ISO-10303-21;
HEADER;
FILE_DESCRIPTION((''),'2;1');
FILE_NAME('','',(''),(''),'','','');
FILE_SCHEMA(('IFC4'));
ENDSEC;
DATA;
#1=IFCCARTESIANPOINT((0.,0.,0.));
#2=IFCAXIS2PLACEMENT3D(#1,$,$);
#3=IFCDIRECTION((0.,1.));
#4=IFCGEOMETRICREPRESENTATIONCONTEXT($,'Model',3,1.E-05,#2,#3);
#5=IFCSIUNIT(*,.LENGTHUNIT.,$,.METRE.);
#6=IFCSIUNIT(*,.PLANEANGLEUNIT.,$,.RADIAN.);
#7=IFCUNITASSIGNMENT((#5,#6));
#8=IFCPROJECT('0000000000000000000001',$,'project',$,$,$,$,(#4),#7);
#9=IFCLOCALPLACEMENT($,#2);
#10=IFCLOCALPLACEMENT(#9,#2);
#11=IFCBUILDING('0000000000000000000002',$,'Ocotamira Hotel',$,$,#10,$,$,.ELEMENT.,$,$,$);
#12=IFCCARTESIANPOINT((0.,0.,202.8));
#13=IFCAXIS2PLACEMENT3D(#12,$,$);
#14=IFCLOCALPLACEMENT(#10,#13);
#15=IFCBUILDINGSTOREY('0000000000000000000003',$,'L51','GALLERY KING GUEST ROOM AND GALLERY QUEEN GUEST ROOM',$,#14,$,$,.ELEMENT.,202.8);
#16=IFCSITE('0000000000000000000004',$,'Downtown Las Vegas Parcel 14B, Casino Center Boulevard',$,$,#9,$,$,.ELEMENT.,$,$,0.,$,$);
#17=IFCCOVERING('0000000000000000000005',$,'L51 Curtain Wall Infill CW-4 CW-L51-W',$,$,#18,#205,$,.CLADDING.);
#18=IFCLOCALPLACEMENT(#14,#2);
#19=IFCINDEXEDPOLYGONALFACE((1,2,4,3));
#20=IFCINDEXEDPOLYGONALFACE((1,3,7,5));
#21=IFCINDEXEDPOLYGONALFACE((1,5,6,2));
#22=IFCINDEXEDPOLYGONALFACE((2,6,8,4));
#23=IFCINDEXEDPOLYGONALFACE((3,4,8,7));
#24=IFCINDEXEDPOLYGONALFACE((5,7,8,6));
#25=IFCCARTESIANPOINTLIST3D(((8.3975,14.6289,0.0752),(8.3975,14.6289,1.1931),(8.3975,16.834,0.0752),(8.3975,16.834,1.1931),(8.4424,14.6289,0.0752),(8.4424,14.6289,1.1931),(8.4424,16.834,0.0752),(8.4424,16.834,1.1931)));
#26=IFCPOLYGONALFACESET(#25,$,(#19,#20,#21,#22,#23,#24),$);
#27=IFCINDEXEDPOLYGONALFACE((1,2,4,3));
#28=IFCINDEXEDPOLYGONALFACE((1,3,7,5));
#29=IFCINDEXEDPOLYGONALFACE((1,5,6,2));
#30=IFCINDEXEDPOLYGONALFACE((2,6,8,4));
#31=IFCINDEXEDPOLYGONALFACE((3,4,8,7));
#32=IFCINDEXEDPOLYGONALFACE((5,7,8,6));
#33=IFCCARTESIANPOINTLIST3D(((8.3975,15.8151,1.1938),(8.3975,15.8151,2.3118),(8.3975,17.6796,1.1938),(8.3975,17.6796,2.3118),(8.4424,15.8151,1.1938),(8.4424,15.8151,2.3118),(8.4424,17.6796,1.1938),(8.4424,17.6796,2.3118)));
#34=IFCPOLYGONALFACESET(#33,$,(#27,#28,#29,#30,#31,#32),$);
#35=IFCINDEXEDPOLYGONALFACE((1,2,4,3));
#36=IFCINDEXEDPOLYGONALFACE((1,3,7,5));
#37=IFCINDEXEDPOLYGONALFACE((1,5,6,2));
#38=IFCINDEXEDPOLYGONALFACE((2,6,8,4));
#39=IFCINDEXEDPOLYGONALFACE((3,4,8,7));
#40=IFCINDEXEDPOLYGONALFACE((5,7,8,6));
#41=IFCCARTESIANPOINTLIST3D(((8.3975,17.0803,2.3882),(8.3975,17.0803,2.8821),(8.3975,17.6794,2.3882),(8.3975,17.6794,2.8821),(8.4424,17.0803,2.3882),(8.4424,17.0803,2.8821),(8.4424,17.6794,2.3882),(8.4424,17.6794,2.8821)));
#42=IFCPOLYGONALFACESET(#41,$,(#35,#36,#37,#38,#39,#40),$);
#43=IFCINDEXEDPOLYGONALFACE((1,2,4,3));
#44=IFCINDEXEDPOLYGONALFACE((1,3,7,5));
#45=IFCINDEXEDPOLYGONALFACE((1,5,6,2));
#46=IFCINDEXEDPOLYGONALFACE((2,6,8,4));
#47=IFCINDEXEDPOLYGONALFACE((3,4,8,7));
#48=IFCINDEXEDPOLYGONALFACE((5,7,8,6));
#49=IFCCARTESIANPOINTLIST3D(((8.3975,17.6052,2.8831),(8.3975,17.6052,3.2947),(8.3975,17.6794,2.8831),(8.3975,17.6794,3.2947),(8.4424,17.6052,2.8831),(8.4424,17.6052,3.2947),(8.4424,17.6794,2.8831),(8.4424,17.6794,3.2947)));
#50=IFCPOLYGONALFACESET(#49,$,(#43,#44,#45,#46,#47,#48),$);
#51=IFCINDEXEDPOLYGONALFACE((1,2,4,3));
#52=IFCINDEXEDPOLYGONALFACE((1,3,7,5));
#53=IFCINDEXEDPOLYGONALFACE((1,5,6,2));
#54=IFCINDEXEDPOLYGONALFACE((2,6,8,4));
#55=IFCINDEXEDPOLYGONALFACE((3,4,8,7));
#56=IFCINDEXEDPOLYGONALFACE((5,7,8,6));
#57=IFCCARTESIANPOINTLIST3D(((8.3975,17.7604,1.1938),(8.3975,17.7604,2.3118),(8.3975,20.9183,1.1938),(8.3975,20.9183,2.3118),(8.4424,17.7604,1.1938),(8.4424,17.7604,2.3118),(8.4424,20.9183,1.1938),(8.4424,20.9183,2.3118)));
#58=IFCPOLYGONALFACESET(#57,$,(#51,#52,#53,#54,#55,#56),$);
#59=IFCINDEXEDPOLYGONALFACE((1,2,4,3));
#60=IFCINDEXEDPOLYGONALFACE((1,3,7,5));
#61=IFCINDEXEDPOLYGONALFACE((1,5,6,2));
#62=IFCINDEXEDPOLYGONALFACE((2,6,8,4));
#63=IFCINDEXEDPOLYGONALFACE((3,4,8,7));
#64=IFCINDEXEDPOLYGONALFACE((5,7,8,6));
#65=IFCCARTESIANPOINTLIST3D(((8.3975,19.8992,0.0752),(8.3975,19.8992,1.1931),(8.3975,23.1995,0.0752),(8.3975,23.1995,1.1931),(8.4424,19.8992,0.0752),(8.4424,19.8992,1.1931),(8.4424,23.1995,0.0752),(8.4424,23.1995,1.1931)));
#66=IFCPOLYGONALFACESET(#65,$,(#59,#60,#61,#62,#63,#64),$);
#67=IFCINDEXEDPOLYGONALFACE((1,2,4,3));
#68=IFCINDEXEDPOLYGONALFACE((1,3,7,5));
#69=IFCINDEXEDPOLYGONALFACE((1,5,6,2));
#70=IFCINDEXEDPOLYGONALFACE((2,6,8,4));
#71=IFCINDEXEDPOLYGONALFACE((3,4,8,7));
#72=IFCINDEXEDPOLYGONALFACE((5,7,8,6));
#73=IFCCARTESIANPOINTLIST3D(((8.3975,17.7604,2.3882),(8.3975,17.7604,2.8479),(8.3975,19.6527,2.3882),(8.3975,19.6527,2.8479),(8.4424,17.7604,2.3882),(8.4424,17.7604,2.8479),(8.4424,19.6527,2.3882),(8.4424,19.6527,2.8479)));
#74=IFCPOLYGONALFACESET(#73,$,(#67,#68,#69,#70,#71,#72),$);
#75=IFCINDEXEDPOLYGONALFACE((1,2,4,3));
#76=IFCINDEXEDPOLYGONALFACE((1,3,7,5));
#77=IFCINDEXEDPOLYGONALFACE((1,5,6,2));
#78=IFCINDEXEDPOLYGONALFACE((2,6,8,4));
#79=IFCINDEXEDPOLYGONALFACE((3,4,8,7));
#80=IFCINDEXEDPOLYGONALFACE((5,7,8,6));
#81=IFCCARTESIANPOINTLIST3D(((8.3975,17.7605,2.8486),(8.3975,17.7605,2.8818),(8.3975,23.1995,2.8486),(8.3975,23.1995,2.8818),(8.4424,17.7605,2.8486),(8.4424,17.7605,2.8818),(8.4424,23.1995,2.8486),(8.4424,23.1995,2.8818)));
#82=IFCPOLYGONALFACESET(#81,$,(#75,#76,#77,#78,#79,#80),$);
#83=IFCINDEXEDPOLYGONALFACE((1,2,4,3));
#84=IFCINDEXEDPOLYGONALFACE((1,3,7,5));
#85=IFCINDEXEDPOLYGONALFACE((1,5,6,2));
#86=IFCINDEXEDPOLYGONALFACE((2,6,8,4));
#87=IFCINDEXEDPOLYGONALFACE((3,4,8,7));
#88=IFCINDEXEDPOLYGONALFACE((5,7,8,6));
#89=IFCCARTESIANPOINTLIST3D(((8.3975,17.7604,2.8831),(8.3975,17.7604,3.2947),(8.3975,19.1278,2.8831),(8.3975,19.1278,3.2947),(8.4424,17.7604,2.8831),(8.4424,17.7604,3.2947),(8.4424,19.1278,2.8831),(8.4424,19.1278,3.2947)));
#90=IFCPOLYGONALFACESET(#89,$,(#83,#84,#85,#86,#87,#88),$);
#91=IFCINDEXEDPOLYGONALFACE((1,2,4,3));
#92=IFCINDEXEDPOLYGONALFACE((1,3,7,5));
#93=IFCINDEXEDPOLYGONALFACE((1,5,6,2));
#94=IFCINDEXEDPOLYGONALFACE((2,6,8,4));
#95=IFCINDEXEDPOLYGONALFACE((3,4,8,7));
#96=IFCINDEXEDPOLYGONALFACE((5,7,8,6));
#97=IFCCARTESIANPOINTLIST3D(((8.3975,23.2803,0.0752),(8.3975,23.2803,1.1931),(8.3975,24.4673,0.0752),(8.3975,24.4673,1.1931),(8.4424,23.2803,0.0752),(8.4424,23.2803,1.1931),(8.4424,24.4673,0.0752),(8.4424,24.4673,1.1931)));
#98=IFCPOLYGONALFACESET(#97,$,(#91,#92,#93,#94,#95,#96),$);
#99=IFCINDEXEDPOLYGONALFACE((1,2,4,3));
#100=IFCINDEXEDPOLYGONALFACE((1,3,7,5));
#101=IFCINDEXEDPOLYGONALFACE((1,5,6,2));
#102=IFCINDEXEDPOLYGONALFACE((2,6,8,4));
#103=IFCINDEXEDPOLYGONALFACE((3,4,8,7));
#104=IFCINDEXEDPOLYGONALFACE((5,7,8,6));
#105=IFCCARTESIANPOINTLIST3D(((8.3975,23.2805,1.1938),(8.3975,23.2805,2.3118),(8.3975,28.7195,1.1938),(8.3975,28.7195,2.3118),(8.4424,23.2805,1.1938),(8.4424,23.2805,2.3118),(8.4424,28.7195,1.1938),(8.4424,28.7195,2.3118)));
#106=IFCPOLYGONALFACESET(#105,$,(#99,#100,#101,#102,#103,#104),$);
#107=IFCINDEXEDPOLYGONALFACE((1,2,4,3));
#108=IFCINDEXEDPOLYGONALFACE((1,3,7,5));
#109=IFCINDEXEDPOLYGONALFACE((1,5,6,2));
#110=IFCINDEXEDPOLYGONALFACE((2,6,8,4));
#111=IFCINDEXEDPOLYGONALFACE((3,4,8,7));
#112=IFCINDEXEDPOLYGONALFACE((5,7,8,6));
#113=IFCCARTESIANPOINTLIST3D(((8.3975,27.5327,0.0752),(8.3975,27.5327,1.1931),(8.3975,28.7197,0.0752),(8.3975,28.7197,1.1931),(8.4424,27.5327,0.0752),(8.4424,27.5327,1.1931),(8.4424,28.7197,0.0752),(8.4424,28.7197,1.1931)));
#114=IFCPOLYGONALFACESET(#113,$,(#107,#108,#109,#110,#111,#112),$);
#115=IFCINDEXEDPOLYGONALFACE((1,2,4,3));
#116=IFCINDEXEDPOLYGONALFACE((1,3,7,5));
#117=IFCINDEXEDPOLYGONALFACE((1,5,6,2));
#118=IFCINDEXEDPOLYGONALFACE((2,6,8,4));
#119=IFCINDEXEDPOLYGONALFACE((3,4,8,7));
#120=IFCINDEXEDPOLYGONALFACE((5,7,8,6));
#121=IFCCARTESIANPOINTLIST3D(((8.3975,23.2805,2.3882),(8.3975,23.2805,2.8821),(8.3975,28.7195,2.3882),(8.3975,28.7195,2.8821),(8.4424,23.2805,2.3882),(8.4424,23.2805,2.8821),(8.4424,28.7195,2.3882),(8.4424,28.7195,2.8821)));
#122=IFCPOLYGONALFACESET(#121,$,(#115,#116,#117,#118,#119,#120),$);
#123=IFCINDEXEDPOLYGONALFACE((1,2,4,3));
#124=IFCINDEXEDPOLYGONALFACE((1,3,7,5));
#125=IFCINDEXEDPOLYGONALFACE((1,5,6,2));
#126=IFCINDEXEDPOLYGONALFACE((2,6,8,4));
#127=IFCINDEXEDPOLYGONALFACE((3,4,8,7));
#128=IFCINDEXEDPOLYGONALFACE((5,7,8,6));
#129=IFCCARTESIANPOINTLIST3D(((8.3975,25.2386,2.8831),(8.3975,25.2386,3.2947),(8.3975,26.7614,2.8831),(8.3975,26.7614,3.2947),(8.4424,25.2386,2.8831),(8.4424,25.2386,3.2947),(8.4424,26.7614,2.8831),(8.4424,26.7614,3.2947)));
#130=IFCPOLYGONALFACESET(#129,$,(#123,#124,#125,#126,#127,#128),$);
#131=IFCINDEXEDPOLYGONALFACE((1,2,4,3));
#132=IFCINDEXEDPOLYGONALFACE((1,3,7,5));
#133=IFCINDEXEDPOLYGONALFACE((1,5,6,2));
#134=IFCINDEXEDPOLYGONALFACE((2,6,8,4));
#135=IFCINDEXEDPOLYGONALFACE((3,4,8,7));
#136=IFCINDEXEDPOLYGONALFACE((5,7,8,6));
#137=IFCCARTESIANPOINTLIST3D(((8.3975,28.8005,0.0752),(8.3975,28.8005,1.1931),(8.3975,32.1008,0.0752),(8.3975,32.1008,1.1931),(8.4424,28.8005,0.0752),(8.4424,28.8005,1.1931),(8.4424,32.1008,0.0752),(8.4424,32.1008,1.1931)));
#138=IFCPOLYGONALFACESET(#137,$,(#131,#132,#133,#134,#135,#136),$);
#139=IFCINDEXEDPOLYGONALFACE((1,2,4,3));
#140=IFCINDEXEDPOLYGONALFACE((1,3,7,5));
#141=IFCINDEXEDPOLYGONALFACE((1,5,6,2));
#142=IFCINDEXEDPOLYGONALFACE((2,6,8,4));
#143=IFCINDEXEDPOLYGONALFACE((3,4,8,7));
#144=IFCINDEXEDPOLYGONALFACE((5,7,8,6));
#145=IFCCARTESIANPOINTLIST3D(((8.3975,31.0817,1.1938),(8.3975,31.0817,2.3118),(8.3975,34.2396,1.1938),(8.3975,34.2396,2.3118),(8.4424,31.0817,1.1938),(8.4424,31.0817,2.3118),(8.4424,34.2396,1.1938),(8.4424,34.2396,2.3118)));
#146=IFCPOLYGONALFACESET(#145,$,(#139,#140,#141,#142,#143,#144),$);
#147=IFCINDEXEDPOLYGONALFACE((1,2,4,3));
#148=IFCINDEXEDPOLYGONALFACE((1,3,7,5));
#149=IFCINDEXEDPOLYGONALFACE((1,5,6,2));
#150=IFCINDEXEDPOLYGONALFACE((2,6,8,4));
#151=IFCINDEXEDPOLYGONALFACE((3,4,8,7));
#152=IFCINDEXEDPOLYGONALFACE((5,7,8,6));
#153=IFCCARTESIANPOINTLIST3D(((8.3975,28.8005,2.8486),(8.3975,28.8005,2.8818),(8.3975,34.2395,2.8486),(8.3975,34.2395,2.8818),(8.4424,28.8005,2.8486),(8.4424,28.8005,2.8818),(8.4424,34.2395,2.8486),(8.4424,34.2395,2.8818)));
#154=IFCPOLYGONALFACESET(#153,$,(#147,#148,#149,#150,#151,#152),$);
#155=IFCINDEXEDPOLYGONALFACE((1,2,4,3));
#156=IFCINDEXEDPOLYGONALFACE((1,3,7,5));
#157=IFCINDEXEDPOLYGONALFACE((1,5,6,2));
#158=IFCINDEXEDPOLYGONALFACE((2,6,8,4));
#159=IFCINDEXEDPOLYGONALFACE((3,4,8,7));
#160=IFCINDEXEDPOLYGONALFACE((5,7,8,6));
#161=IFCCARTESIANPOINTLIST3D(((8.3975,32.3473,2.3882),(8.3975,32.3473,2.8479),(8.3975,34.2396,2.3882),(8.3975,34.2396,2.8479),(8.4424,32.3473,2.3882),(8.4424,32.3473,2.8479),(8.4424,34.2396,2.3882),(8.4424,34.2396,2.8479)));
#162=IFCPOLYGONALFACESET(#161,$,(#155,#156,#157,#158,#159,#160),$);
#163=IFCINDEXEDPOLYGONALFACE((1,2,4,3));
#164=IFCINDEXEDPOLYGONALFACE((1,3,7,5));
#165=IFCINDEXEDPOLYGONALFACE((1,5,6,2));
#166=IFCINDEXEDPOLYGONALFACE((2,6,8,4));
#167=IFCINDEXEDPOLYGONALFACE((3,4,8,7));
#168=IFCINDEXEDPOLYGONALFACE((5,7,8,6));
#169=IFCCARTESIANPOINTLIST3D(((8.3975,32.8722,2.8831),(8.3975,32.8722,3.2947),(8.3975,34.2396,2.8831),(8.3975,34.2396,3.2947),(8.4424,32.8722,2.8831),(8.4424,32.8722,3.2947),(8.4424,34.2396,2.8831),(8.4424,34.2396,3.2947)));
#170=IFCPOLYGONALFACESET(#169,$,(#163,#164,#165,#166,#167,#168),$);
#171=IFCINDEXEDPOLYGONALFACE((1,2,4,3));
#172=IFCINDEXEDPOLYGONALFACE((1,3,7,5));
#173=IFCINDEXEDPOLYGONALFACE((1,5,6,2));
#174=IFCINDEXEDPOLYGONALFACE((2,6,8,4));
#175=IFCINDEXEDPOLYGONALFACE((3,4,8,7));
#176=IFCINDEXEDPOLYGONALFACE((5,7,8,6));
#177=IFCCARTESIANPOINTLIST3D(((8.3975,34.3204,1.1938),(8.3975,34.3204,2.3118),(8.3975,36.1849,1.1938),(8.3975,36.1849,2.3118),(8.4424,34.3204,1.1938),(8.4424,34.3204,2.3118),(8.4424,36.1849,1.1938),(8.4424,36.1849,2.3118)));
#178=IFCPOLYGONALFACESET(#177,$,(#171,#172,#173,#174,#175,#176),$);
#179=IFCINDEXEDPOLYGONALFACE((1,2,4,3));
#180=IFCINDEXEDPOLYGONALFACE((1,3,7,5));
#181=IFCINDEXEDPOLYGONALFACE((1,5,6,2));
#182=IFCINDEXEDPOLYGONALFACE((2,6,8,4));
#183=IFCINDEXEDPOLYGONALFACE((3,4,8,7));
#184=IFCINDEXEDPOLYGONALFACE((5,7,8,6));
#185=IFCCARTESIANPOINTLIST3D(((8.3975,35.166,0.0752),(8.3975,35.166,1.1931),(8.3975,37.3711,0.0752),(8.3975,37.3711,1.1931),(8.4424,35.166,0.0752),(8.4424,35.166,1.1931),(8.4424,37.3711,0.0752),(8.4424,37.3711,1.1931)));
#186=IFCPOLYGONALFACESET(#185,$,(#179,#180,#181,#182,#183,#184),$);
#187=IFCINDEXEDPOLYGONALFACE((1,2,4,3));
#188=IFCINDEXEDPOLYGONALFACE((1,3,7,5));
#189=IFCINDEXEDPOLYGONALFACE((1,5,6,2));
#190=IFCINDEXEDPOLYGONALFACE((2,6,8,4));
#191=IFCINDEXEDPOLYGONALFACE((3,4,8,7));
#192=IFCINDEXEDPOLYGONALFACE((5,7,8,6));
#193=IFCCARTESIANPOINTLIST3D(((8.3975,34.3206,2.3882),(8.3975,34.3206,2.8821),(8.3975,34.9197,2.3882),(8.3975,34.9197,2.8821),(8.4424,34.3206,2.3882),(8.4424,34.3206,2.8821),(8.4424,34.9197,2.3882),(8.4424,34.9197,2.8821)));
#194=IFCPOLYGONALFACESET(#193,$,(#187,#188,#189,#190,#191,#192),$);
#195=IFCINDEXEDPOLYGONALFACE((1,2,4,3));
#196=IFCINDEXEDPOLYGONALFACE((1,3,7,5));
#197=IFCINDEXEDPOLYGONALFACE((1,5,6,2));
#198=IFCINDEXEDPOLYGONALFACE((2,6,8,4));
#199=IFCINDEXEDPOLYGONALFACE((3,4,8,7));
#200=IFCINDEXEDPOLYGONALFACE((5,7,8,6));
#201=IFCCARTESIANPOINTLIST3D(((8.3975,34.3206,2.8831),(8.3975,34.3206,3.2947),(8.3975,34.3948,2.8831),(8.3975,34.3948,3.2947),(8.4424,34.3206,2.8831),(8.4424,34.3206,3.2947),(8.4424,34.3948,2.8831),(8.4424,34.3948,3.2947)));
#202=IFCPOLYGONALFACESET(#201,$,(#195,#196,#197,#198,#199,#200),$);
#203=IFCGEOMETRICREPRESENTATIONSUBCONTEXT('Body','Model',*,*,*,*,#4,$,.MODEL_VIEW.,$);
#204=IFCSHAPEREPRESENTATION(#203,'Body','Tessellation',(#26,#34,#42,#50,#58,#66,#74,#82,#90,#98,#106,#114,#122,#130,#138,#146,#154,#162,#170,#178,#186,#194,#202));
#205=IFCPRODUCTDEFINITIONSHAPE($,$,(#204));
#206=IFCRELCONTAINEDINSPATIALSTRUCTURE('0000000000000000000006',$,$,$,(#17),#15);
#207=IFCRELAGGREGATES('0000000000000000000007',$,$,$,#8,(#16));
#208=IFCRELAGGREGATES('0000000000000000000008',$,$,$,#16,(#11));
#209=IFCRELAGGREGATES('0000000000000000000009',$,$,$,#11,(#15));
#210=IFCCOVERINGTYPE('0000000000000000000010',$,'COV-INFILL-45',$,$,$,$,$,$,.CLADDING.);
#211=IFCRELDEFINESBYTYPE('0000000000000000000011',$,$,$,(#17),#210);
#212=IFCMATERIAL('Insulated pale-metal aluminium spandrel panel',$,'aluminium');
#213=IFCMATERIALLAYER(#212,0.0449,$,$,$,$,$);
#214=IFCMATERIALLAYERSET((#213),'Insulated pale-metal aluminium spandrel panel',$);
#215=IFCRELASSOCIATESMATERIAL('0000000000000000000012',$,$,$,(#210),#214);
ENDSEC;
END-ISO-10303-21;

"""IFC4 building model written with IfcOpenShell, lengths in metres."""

from ifc_helpers import new_model, si_unit, direction, frame, origin, origin_2d, place, context, subcontext, project, spatial, rectangle, extrude, material, layer, layer_set, type_object, element, save


model = new_model("IFC4")

# Units and contexts
model_context = context("Model", 3, precision=1e-05, world=origin(), true_north=direction((0.0, 1.0)))
body_context = subcontext(model_context, "Body", "Model", "MODEL_VIEW")
ifc_project = project(units=[si_unit("LENGTHUNIT", "METRE"), si_unit("PLANEANGLEUNIT", "RADIAN")], contexts=[model_context])

# Site, building, storey
site_placement = place(None, origin())
site = spatial("IfcSite", under=ifc_project, at=site_placement, Name="Downtown Las Vegas Parcel 14B, Casino Center Boulevard", CompositionType="ELEMENT", RefElevation=0.0)
building_placement = place(site_placement, origin())
building = spatial("IfcBuilding", under=site, at=building_placement, Name="Ocotamira Hotel", CompositionType="ELEMENT")
storey_placement = place(building_placement, frame((0.0, 0.0, 202.8)))
storey = spatial("IfcBuildingStorey", under=building, at=storey_placement, Name="L51", Description="GALLERY KING GUEST ROOM AND GALLERY QUEEN GUEST ROOM", CompositionType="ELEMENT", Elevation=202.8)

# Covering
ifc_material_1 = material(Name="Insulated pale-metal aluminium spandrel panel", Category="aluminium")
ifc_layer_1 = layer(ifc_material_1, 0.0449)
ifc_layer_set_1 = layer_set([ifc_layer_1], Name="Insulated pale-metal aluminium spandrel panel")
covering_type_1 = type_object("IfcCoveringType", Name="COV-INFILL-45", PredefinedType="CLADDING", material=ifc_layer_set_1)
covering_1_placement = place(storey_placement, origin())
element("IfcCovering", 1, at=covering_1_placement, inside=storey, type_object=covering_type_1, Name="L51 Curtain Wall Infill CW-4 CW-L51-W", PredefinedType="CLADDING", context=body_context, shape_type="SweptSolid", body=[
    extrude(rectangle(XDim=2.2051, YDim=0.0449, at=origin_2d()), frame((8.4199, 15.7314, 0.0752), z_axis=(0.0, 0.0, 1.0), x_axis=(0.0, 1.0, 0.0)), (0.0, 0.0, 1.0), 1.1179),
    extrude(rectangle(XDim=1.8645, YDim=0.0449, at=origin_2d()), frame((8.4199, 16.7473, 1.1938), z_axis=(0.0, 0.0, 1.0), x_axis=(0.0, 1.0, 0.0)), (0.0, 0.0, 1.0), 1.1179),
    extrude(rectangle(XDim=0.5991, YDim=0.0449, at=origin_2d()), frame((8.4199, 17.3799, 2.3882), z_axis=(0.0, 0.0, 1.0), x_axis=(0.0, 1.0, 0.0)), (0.0, 0.0, 1.0), 0.4939),
    extrude(rectangle(XDim=0.0742, YDim=0.0449, at=origin_2d()), frame((8.4199, 17.6423, 2.8831), z_axis=(0.0, 0.0, 1.0), x_axis=(0.0, 1.0, 0.0)), (0.0, 0.0, 1.0), 0.4116),
    extrude(rectangle(XDim=3.158, YDim=0.0449, at=origin_2d()), frame((8.4199, 19.3394, 1.1938), z_axis=(0.0, 0.0, 1.0), x_axis=(0.0, 1.0, 0.0)), (0.0, 0.0, 1.0), 1.1179),
    extrude(rectangle(XDim=3.3003, YDim=0.0449, at=origin_2d()), frame((8.4199, 21.5493, 0.0752), z_axis=(0.0, 0.0, 1.0), x_axis=(0.0, 1.0, 0.0)), (0.0, 0.0, 1.0), 1.1179),
    extrude(rectangle(XDim=1.8923, YDim=0.0449, at=origin_2d()), frame((8.4199, 18.7065, 2.3882), z_axis=(0.0, 0.0, 1.0), x_axis=(0.0, 1.0, 0.0)), (0.0, 0.0, 1.0), 0.4597),
    extrude(rectangle(XDim=5.439, YDim=0.0449, at=origin_2d()), frame((8.4199, 20.48, 2.8486), z_axis=(0.0, 0.0, 1.0), x_axis=(0.0, 1.0, 0.0)), (0.0, 0.0, 1.0), 0.0332),
    extrude(rectangle(XDim=1.3674, YDim=0.0449, at=origin_2d()), frame((8.4199, 18.4441, 2.8831), z_axis=(0.0, 0.0, 1.0), x_axis=(0.0, 1.0, 0.0)), (0.0, 0.0, 1.0), 0.4116),
    extrude(rectangle(XDim=1.187, YDim=0.0449, at=origin_2d()), frame((8.4199, 23.8738, 0.0752), z_axis=(0.0, 0.0, 1.0), x_axis=(0.0, 1.0, 0.0)), (0.0, 0.0, 1.0), 1.1179),
    extrude(rectangle(XDim=5.439, YDim=0.0449, at=origin_2d()), frame((8.4199, 26.0, 1.1938), z_axis=(0.0, 0.0, 1.0), x_axis=(0.0, 1.0, 0.0)), (0.0, 0.0, 1.0), 1.1179),
    extrude(rectangle(XDim=1.187, YDim=0.0449, at=origin_2d()), frame((8.4199, 28.1262, 0.0752), z_axis=(0.0, 0.0, 1.0), x_axis=(0.0, 1.0, 0.0)), (0.0, 0.0, 1.0), 1.1179),
    extrude(rectangle(XDim=5.439, YDim=0.0449, at=origin_2d()), frame((8.4199, 26.0, 2.3882), z_axis=(0.0, 0.0, 1.0), x_axis=(0.0, 1.0, 0.0)), (0.0, 0.0, 1.0), 0.4939),
    extrude(rectangle(XDim=1.5227, YDim=0.0449, at=origin_2d()), frame((8.4199, 26.0, 2.8831), z_axis=(0.0, 0.0, 1.0), x_axis=(0.0, 1.0, 0.0)), (0.0, 0.0, 1.0), 0.4116),
    extrude(rectangle(XDim=3.3003, YDim=0.0449, at=origin_2d()), frame((8.4199, 30.4507, 0.0752), z_axis=(0.0, 0.0, 1.0), x_axis=(0.0, 1.0, 0.0)), (0.0, 0.0, 1.0), 1.1179),
    extrude(rectangle(XDim=3.158, YDim=0.0449, at=origin_2d()), frame((8.4199, 32.6606, 1.1938), z_axis=(0.0, 0.0, 1.0), x_axis=(0.0, 1.0, 0.0)), (0.0, 0.0, 1.0), 1.1179),
    extrude(rectangle(XDim=5.439, YDim=0.0449, at=origin_2d()), frame((8.4199, 31.52, 2.8486), z_axis=(0.0, 0.0, 1.0), x_axis=(0.0, 1.0, 0.0)), (0.0, 0.0, 1.0), 0.0332),
    extrude(rectangle(XDim=1.8923, YDim=0.0449, at=origin_2d()), frame((8.4199, 33.2935, 2.3882), z_axis=(0.0, 0.0, 1.0), x_axis=(0.0, 1.0, 0.0)), (0.0, 0.0, 1.0), 0.4597),
    extrude(rectangle(XDim=1.3674, YDim=0.0449, at=origin_2d()), frame((8.4199, 33.5559, 2.8831), z_axis=(0.0, 0.0, 1.0), x_axis=(0.0, 1.0, 0.0)), (0.0, 0.0, 1.0), 0.4116),
    extrude(rectangle(XDim=1.8645, YDim=0.0449, at=origin_2d()), frame((8.4199, 35.2527, 1.1938), z_axis=(0.0, 0.0, 1.0), x_axis=(0.0, 1.0, 0.0)), (0.0, 0.0, 1.0), 1.1179),
    extrude(rectangle(XDim=2.2051, YDim=0.0449, at=origin_2d()), frame((8.4199, 36.2686, 0.0752), z_axis=(0.0, 0.0, 1.0), x_axis=(0.0, 1.0, 0.0)), (0.0, 0.0, 1.0), 1.1179),
    extrude(rectangle(XDim=0.5991, YDim=0.0449, at=origin_2d()), frame((8.4199, 34.6201, 2.3882), z_axis=(0.0, 0.0, 1.0), x_axis=(0.0, 1.0, 0.0)), (0.0, 0.0, 1.0), 0.4939),
    extrude(rectangle(XDim=0.0742, YDim=0.0449, at=origin_2d()), frame((8.4199, 34.3577, 2.8831), z_axis=(0.0, 0.0, 1.0), x_axis=(0.0, 1.0, 0.0)), (0.0, 0.0, 1.0), 0.4116),
])

save(model, "model.ifc")
